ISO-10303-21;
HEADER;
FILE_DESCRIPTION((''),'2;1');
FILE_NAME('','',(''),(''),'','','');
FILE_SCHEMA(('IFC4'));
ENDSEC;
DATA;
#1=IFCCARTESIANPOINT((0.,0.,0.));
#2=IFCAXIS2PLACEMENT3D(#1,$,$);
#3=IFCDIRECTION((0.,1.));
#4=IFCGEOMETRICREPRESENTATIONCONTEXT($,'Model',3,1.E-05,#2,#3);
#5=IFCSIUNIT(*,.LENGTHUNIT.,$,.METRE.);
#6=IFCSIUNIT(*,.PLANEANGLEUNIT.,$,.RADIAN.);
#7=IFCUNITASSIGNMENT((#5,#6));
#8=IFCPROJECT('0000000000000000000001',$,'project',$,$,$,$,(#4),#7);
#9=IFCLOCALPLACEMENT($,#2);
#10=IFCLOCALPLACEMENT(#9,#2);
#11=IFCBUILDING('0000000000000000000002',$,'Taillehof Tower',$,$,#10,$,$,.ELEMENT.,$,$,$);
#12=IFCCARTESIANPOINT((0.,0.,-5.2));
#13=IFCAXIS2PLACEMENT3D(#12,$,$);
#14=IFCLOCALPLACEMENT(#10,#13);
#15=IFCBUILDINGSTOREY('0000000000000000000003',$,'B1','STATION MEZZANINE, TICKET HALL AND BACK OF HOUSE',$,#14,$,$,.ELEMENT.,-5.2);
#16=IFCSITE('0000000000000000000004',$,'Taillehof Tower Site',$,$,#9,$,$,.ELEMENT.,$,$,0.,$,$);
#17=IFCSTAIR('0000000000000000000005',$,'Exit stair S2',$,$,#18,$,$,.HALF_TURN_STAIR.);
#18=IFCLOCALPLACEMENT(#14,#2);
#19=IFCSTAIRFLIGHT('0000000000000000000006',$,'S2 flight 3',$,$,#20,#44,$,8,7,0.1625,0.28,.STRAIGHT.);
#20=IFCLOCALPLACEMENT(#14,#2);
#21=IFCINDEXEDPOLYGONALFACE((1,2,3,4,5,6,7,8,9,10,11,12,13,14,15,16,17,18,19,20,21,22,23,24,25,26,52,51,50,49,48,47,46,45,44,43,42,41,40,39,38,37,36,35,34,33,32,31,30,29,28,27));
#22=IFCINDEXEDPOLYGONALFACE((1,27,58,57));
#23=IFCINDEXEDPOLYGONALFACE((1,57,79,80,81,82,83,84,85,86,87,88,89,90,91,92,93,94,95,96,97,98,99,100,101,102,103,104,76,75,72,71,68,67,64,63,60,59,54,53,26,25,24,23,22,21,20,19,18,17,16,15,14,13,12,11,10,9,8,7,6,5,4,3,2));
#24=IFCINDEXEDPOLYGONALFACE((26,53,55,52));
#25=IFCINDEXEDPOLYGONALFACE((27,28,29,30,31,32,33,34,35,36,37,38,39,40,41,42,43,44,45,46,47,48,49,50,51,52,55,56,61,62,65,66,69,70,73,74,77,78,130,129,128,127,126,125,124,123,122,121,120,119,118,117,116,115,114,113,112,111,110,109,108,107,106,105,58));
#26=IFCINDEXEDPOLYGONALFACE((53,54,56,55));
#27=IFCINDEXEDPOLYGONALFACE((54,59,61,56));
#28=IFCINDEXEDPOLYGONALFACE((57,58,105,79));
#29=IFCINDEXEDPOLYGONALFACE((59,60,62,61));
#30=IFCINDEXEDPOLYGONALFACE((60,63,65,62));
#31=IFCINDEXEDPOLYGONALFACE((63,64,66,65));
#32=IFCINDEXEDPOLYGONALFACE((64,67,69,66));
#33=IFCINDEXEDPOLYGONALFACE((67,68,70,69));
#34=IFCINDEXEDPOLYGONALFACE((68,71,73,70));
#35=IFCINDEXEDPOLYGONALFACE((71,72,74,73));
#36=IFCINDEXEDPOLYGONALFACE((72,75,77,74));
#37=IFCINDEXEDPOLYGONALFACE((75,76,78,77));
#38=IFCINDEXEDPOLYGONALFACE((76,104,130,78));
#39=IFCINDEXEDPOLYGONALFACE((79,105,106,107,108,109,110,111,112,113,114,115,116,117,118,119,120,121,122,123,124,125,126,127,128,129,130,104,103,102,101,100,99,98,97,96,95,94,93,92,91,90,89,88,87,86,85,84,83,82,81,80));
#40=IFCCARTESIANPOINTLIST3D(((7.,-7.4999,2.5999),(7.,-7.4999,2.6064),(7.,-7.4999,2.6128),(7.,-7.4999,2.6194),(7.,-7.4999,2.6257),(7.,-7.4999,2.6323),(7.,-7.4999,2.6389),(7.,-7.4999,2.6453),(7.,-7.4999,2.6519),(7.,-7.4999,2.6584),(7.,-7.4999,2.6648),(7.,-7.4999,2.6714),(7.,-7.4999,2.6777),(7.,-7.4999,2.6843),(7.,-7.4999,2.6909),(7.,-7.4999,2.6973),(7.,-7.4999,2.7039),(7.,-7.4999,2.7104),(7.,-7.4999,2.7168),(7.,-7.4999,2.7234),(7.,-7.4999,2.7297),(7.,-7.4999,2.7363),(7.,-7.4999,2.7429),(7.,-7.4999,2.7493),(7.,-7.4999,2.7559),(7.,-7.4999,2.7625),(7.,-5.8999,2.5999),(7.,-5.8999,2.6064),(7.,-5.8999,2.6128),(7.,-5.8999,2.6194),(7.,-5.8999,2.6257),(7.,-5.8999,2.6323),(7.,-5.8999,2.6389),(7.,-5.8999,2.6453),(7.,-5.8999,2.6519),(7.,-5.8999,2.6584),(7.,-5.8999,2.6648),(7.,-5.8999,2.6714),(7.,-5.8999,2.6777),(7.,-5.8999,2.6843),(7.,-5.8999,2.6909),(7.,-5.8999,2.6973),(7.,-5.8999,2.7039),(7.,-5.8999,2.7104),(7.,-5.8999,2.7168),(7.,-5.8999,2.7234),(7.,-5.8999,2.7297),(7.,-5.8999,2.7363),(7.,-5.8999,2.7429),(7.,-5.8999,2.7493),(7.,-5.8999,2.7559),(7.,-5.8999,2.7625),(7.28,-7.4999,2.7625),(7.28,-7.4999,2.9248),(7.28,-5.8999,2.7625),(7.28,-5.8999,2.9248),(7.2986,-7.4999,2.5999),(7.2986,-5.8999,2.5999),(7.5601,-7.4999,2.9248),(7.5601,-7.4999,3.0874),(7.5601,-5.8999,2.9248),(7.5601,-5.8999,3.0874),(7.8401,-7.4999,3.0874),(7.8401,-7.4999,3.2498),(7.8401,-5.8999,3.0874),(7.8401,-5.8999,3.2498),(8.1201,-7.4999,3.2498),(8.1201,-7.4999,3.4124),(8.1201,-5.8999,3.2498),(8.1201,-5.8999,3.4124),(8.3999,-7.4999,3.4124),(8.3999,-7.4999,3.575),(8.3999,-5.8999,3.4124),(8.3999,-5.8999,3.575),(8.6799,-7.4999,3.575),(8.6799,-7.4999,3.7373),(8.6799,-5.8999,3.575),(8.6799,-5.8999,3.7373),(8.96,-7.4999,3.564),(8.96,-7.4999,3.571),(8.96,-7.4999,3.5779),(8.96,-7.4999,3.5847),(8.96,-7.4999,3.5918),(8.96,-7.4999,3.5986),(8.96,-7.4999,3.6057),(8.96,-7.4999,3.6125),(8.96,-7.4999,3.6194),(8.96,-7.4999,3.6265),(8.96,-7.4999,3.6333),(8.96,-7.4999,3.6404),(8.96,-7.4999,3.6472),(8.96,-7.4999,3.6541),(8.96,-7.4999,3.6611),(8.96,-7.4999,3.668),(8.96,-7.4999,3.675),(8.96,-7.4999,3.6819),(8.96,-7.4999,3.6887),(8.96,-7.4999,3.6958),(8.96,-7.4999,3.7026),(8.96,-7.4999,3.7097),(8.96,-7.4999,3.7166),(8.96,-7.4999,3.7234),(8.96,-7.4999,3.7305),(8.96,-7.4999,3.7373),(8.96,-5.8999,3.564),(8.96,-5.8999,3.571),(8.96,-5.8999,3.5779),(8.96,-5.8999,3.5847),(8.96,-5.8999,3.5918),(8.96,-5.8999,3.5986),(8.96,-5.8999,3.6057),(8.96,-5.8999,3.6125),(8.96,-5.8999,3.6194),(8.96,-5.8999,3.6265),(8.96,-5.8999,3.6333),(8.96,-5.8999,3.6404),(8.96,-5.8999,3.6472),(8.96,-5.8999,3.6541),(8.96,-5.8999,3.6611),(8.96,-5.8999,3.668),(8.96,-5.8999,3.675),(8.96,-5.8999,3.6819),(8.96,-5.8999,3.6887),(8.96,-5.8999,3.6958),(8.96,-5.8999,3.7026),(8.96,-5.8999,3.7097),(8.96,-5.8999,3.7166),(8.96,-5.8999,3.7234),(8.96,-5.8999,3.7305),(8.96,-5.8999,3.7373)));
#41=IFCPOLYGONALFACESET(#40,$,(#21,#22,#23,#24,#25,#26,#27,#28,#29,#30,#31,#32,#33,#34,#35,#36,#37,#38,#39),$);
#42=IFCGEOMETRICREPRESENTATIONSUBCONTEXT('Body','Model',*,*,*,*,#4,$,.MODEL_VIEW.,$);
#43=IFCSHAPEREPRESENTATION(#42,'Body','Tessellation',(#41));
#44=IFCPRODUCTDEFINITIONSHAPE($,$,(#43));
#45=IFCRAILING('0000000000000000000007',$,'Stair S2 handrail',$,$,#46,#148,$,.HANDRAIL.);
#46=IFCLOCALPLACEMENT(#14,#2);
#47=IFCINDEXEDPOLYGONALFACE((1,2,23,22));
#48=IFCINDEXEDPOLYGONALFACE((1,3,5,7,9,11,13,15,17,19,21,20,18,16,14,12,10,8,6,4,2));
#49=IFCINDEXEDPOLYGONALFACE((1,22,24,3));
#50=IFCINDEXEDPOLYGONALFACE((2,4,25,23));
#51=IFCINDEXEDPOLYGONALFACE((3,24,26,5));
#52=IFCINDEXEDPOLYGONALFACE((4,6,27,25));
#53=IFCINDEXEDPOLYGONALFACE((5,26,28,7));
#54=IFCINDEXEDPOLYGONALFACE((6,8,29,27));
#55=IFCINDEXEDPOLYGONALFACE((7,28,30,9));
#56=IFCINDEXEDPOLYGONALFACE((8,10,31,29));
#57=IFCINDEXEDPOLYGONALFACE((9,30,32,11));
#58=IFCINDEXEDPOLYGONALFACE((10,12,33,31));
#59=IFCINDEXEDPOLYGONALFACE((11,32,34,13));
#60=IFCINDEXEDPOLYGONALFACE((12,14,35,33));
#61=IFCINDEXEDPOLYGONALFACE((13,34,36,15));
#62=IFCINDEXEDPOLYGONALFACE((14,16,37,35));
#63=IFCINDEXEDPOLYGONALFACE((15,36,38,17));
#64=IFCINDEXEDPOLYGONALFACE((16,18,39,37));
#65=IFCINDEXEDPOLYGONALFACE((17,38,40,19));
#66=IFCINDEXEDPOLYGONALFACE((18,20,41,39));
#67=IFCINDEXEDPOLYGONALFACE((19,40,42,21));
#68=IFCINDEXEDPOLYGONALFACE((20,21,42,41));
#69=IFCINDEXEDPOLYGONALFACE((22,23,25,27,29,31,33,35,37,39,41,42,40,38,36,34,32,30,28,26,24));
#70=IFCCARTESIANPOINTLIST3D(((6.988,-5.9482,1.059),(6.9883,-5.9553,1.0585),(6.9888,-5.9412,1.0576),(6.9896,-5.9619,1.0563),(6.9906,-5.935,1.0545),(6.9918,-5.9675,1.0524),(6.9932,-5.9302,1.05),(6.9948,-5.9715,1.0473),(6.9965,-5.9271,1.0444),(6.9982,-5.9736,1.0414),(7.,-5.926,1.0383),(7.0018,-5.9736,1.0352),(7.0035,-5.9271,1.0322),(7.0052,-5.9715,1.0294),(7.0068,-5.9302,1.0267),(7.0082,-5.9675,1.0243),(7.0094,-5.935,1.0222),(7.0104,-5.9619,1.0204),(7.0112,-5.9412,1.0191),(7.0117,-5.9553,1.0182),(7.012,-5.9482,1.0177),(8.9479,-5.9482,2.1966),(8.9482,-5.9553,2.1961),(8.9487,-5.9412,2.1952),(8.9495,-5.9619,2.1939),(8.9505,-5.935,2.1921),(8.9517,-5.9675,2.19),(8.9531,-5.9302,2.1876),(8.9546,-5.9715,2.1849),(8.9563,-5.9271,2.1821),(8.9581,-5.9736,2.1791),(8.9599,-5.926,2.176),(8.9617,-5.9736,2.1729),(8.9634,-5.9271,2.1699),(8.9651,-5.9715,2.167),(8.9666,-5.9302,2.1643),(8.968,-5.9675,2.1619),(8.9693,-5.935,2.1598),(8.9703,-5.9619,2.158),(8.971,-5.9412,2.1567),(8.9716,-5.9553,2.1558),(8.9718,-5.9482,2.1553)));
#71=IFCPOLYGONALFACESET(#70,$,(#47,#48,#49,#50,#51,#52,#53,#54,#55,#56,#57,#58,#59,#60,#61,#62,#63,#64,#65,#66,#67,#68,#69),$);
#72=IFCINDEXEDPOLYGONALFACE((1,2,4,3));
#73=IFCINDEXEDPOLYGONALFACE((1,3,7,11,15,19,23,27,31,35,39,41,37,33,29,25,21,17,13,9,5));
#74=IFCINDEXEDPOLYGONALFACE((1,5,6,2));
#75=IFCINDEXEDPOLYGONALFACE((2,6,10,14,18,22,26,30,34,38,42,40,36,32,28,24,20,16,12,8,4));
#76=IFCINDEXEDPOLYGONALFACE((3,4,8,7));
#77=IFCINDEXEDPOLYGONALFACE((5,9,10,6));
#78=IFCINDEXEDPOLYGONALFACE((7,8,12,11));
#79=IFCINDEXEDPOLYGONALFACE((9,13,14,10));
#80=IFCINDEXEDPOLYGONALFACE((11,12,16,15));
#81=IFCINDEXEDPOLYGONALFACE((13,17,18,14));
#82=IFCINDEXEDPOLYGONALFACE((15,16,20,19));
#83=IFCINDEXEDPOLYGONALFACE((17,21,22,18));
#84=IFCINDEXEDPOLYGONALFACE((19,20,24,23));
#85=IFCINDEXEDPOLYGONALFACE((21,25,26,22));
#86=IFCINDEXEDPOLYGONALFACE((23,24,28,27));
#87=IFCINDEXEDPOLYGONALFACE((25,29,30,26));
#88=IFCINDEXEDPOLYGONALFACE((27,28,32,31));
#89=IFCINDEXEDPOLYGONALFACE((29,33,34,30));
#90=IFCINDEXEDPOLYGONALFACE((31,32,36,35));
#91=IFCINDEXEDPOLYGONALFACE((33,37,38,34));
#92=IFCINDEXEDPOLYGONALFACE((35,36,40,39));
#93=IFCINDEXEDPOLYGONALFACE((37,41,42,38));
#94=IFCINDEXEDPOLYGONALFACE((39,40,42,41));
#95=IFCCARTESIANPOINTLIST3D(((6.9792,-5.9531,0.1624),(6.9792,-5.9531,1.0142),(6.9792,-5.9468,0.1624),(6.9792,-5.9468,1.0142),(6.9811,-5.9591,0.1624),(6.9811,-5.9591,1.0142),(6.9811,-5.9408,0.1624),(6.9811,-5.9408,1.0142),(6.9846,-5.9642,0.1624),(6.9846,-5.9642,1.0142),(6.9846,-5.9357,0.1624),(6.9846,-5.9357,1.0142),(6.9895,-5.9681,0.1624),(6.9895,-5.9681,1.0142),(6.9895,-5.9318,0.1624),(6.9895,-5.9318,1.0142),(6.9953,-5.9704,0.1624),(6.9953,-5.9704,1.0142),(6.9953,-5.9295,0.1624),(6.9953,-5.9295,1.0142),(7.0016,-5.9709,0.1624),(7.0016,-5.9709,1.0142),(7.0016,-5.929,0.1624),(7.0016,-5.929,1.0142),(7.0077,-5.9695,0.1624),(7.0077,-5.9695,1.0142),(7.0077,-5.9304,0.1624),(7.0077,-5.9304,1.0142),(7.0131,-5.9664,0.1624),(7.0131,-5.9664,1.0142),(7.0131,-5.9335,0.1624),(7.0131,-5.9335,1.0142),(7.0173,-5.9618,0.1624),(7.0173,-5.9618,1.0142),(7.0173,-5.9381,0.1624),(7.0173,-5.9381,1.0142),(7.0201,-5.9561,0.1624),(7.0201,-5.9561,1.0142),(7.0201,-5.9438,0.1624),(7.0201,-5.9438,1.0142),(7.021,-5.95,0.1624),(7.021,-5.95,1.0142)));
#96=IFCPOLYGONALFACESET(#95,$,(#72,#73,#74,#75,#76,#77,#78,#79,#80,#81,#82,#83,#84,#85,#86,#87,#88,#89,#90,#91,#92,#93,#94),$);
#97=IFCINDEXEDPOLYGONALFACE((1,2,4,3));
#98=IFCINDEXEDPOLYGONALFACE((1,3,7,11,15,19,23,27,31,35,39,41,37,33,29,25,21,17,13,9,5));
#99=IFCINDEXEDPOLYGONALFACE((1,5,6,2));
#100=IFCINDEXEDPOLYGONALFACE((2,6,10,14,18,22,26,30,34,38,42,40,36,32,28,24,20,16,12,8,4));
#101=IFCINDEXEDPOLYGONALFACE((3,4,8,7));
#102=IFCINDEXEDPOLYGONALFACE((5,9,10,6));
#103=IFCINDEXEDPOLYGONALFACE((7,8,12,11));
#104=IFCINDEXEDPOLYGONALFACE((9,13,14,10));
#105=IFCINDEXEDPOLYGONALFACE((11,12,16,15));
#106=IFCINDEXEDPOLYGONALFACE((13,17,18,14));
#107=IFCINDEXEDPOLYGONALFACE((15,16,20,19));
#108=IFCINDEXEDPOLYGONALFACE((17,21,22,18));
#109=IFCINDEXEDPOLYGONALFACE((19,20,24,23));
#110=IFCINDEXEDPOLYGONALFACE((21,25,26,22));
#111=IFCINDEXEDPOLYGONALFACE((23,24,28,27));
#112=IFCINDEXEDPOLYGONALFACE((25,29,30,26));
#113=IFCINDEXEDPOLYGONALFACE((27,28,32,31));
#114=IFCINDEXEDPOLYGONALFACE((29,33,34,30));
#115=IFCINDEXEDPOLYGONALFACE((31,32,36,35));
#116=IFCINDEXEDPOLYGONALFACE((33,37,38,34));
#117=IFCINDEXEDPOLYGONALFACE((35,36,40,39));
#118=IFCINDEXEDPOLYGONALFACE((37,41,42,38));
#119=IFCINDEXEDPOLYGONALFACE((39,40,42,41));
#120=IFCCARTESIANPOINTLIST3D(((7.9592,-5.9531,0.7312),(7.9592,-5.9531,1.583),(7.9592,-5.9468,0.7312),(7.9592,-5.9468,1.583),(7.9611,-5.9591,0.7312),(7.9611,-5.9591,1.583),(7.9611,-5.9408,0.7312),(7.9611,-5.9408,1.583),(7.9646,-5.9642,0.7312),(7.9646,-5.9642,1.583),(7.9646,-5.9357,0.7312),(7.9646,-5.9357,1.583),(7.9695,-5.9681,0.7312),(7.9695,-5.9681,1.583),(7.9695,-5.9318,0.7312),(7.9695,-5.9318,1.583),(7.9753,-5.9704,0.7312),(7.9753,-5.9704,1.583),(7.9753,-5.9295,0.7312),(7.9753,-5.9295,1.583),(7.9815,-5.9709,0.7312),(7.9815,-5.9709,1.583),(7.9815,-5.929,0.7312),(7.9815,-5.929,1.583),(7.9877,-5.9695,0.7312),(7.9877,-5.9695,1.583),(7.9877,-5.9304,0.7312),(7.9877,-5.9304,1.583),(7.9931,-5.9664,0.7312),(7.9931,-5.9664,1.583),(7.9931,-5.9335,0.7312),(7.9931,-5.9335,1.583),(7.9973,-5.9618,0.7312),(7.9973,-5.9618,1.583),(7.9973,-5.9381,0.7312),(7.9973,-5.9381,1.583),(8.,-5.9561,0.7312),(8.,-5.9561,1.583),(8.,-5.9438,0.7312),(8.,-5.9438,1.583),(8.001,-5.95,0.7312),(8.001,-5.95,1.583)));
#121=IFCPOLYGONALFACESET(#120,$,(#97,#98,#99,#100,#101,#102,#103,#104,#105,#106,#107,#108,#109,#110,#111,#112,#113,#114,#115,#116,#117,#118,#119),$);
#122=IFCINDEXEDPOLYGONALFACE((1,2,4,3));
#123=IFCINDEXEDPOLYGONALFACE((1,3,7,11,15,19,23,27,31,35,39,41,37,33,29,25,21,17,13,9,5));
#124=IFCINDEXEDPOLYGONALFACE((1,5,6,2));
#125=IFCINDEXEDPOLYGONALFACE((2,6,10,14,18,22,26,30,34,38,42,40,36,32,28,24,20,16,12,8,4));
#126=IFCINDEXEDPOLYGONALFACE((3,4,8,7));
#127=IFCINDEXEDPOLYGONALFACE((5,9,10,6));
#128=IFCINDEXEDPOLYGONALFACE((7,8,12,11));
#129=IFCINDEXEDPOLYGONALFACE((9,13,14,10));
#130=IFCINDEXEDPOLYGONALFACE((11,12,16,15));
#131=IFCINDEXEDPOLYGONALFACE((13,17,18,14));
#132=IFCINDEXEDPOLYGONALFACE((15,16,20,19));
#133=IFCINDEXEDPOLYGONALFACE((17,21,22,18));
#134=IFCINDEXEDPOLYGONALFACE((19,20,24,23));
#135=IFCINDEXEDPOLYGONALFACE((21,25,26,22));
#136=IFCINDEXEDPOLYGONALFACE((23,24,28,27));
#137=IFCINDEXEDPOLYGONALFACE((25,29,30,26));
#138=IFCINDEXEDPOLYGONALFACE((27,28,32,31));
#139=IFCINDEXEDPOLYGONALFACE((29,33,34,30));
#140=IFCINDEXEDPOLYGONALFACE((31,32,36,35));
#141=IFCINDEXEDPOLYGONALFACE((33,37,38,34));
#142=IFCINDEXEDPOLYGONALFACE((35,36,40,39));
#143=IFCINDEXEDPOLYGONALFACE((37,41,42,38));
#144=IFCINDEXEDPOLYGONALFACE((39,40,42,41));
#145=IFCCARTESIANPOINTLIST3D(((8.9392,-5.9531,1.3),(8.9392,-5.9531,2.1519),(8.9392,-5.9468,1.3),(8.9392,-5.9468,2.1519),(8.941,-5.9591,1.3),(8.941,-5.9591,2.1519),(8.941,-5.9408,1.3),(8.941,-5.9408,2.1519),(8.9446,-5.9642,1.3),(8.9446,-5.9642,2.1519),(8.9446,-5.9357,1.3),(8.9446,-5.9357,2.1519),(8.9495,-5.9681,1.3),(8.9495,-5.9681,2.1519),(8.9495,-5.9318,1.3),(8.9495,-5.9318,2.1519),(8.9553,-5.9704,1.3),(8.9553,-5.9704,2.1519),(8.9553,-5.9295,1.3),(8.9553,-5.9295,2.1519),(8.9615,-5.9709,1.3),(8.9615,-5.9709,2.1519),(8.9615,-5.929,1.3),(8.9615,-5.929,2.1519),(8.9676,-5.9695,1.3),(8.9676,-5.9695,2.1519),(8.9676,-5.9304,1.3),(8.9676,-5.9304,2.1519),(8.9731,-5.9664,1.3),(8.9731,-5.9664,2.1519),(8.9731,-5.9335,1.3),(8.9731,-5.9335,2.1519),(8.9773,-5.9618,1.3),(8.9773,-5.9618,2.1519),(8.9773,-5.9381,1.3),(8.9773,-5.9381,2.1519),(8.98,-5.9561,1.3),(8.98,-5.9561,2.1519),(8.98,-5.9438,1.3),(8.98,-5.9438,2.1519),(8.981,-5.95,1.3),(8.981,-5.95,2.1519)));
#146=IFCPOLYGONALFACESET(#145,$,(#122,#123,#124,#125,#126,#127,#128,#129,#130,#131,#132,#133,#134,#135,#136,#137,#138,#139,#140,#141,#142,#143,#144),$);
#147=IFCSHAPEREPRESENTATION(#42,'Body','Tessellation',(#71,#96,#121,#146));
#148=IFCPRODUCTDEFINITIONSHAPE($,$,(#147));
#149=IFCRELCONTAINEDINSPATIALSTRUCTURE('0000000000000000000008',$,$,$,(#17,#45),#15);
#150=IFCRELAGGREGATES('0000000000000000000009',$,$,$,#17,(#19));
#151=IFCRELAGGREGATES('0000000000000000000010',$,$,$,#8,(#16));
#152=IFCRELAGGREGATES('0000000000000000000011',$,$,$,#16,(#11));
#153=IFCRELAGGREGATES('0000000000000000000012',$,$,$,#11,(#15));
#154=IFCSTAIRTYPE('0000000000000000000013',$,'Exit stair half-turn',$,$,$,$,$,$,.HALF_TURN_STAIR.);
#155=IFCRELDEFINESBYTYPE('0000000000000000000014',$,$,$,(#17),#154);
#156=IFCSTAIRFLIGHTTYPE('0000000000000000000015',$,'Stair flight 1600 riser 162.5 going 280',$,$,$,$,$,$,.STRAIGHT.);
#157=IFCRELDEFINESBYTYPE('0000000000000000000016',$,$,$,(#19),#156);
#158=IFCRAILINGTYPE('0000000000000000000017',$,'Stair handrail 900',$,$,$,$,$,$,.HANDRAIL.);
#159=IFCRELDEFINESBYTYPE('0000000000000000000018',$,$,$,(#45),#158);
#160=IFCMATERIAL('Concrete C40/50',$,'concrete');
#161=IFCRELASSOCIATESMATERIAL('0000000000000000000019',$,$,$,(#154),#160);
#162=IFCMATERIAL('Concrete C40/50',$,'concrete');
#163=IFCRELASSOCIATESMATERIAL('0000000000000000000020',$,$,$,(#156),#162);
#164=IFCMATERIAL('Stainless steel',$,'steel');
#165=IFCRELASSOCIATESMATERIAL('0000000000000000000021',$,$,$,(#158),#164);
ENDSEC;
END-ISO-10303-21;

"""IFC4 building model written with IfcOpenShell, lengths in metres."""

from ifc_helpers import new_model, si_unit, direction, frame, origin, origin_2d, place, context, subcontext, project, spatial, polyline, circle, outline, extrude, material, type_object, element, aggregate, save


model = new_model("IFC4")

# Units and contexts
model_context = context("Model", 3, precision=1e-05, world=origin(), true_north=direction((0.0, 1.0)))
body_context = subcontext(model_context, "Body", "Model", "MODEL_VIEW")
ifc_project = project(units=[si_unit("LENGTHUNIT", "METRE"), si_unit("PLANEANGLEUNIT", "RADIAN")], contexts=[model_context])

# Site, building, storey
site_placement = place(None, origin())
site = spatial("IfcSite", under=ifc_project, at=site_placement, Name="Taillehof Tower Site", CompositionType="ELEMENT", RefElevation=0.0)
building_placement = place(site_placement, origin())
building = spatial("IfcBuilding", under=site, at=building_placement, Name="Taillehof Tower", CompositionType="ELEMENT")
storey_placement = place(building_placement, frame((0.0, 0.0, -5.2)))
storey = spatial("IfcBuildingStorey", under=building, at=storey_placement, Name="B1", Description="STATION MEZZANINE, TICKET HALL AND BACK OF HOUSE", CompositionType="ELEMENT", Elevation=-5.2)

# Stair, stair flight
ifc_material_1 = material(Name="Concrete C40/50", Category="concrete")
stair_type = type_object("IfcStairType", Name="Exit stair half-turn", PredefinedType="HALF_TURN_STAIR", material=ifc_material_1)
stair_placement = place(storey_placement, origin())
stair = element("IfcStair", 1, at=stair_placement, inside=storey, type_object=stair_type, Name="Exit stair S2", PredefinedType="HALF_TURN_STAIR")
ifc_material_2 = material(Name="Concrete C40/50", Category="concrete")
stair_flight_type = type_object("IfcStairFlightType", Name="Stair flight 1600 riser 162.5 going 280", PredefinedType="STRAIGHT", material=ifc_material_2)
stair_flight_placement = place(storey_placement, frame((7.0, -6.7, 2.5999), z_axis=(0.0, 0.0, 1.0), x_axis=(1.0, 0.0, 0.0)))
stair_flight = element("IfcStairFlight", 2, at=stair_flight_placement, type_object=stair_flight_type, Name="S2 flight 3", NumberOfRisers=8, NumberOfTreads=7, PredefinedType="STRAIGHT", RiserHeight=0.1625, TreadLength=0.28, context=body_context, shape_type="SweptSolid", body=[
    extrude(outline(polyline([(0.0, 0.0), (0.0, 0.0066), (0.0, 0.0129), (0.0, 0.0195), (0.0, 0.0259), (0.0, 0.0325), (0.0, 0.0391), (0.0, 0.0454), (0.0, 0.052), (0.0, 0.0586), (0.0, 0.0649), (0.0, 0.0715), (0.0, 0.0779), (0.0, 0.0845), (0.0, 0.0911), (0.0, 0.0974), (0.0, 0.104), (0.0, 0.1106), (0.0, 0.1169), (0.0, 0.1235), (0.0, 0.1299), (0.0, 0.1365), (0.0, 0.1431), (0.0, 0.1494), (0.0, 0.156), (0.0, 0.1626), (0.28, 0.1626), (0.28, 0.325), (0.5601, 0.325), (0.5601, 0.4875), (0.8401, 0.4875), (0.8401, 0.6499), (1.1201, 0.6499), (1.1201, 0.8125), (1.3999, 0.8125), (1.3999, 0.9751), (1.6799, 0.9751), (1.6799, 1.1375), (1.96, 1.1375), (1.96, 1.1306), (1.96, 1.1235), (1.96, 1.1167), (1.96, 1.1099), (1.96, 1.1028), (1.96, 1.0959), (1.96, 1.0889), (1.96, 1.082), (1.96, 1.0752), (1.96, 1.0681), (1.96, 1.0613), (1.96, 1.0542), (1.96, 1.0474), (1.96, 1.0405), (1.96, 1.0334), (1.96, 1.0266), (1.96, 1.0195), (1.96, 1.0127), (1.96, 1.0059), (1.96, 0.9988), (1.96, 0.9919), (1.96, 0.9849), (1.96, 0.978), (1.96, 0.9712), (1.96, 0.9641), (0.2986, 0.0), (0.0, 0.0)])), frame((0.0, 0.8, 0.0), z_axis=(0.0, -1.0, 0.0), x_axis=(1.0, 0.0, 0.0)), (0.0, 0.0, 1.0), 1.6),
])
aggregate(stair, [stair_flight])

# Railing
ifc_material_3 = material(Name="Stainless steel", Category="steel")
railing_type = type_object("IfcRailingType", Name="Stair handrail 900", PredefinedType="HANDRAIL", material=ifc_material_3)
railing_1_placement = place(storey_placement, frame((7.0, -5.95, 0.1624)))
element("IfcRailing", 3, at=railing_1_placement, inside=storey, type_object=railing_type, Name="Stair S2 handrail", PredefinedType="HANDRAIL", context=body_context, shape_type="SweptSolid", body=[
    extrude(circle(Radius=0.0239, at=origin_2d()), frame((0.0, 0.0, 0.876), z_axis=(0.864855, 0.0, 0.502021), x_axis=(0.0, 1.0, 0.0)), (0.0, 0.0, 1.0), 2.2661),
    extrude(circle(Radius=0.021, at=origin_2d()), origin(), (0.0, 0.0, 1.0), 0.8518),
    extrude(circle(Radius=0.021, at=origin_2d()), frame((0.98, 0.0, 0.5688)), (0.0, 0.0, 1.0), 0.8518),
    extrude(circle(Radius=0.021, at=origin_2d()), frame((1.96, 0.0, 1.1377)), (0.0, 0.0, 1.0), 0.8518),
])

save(model, "model.ifc")
